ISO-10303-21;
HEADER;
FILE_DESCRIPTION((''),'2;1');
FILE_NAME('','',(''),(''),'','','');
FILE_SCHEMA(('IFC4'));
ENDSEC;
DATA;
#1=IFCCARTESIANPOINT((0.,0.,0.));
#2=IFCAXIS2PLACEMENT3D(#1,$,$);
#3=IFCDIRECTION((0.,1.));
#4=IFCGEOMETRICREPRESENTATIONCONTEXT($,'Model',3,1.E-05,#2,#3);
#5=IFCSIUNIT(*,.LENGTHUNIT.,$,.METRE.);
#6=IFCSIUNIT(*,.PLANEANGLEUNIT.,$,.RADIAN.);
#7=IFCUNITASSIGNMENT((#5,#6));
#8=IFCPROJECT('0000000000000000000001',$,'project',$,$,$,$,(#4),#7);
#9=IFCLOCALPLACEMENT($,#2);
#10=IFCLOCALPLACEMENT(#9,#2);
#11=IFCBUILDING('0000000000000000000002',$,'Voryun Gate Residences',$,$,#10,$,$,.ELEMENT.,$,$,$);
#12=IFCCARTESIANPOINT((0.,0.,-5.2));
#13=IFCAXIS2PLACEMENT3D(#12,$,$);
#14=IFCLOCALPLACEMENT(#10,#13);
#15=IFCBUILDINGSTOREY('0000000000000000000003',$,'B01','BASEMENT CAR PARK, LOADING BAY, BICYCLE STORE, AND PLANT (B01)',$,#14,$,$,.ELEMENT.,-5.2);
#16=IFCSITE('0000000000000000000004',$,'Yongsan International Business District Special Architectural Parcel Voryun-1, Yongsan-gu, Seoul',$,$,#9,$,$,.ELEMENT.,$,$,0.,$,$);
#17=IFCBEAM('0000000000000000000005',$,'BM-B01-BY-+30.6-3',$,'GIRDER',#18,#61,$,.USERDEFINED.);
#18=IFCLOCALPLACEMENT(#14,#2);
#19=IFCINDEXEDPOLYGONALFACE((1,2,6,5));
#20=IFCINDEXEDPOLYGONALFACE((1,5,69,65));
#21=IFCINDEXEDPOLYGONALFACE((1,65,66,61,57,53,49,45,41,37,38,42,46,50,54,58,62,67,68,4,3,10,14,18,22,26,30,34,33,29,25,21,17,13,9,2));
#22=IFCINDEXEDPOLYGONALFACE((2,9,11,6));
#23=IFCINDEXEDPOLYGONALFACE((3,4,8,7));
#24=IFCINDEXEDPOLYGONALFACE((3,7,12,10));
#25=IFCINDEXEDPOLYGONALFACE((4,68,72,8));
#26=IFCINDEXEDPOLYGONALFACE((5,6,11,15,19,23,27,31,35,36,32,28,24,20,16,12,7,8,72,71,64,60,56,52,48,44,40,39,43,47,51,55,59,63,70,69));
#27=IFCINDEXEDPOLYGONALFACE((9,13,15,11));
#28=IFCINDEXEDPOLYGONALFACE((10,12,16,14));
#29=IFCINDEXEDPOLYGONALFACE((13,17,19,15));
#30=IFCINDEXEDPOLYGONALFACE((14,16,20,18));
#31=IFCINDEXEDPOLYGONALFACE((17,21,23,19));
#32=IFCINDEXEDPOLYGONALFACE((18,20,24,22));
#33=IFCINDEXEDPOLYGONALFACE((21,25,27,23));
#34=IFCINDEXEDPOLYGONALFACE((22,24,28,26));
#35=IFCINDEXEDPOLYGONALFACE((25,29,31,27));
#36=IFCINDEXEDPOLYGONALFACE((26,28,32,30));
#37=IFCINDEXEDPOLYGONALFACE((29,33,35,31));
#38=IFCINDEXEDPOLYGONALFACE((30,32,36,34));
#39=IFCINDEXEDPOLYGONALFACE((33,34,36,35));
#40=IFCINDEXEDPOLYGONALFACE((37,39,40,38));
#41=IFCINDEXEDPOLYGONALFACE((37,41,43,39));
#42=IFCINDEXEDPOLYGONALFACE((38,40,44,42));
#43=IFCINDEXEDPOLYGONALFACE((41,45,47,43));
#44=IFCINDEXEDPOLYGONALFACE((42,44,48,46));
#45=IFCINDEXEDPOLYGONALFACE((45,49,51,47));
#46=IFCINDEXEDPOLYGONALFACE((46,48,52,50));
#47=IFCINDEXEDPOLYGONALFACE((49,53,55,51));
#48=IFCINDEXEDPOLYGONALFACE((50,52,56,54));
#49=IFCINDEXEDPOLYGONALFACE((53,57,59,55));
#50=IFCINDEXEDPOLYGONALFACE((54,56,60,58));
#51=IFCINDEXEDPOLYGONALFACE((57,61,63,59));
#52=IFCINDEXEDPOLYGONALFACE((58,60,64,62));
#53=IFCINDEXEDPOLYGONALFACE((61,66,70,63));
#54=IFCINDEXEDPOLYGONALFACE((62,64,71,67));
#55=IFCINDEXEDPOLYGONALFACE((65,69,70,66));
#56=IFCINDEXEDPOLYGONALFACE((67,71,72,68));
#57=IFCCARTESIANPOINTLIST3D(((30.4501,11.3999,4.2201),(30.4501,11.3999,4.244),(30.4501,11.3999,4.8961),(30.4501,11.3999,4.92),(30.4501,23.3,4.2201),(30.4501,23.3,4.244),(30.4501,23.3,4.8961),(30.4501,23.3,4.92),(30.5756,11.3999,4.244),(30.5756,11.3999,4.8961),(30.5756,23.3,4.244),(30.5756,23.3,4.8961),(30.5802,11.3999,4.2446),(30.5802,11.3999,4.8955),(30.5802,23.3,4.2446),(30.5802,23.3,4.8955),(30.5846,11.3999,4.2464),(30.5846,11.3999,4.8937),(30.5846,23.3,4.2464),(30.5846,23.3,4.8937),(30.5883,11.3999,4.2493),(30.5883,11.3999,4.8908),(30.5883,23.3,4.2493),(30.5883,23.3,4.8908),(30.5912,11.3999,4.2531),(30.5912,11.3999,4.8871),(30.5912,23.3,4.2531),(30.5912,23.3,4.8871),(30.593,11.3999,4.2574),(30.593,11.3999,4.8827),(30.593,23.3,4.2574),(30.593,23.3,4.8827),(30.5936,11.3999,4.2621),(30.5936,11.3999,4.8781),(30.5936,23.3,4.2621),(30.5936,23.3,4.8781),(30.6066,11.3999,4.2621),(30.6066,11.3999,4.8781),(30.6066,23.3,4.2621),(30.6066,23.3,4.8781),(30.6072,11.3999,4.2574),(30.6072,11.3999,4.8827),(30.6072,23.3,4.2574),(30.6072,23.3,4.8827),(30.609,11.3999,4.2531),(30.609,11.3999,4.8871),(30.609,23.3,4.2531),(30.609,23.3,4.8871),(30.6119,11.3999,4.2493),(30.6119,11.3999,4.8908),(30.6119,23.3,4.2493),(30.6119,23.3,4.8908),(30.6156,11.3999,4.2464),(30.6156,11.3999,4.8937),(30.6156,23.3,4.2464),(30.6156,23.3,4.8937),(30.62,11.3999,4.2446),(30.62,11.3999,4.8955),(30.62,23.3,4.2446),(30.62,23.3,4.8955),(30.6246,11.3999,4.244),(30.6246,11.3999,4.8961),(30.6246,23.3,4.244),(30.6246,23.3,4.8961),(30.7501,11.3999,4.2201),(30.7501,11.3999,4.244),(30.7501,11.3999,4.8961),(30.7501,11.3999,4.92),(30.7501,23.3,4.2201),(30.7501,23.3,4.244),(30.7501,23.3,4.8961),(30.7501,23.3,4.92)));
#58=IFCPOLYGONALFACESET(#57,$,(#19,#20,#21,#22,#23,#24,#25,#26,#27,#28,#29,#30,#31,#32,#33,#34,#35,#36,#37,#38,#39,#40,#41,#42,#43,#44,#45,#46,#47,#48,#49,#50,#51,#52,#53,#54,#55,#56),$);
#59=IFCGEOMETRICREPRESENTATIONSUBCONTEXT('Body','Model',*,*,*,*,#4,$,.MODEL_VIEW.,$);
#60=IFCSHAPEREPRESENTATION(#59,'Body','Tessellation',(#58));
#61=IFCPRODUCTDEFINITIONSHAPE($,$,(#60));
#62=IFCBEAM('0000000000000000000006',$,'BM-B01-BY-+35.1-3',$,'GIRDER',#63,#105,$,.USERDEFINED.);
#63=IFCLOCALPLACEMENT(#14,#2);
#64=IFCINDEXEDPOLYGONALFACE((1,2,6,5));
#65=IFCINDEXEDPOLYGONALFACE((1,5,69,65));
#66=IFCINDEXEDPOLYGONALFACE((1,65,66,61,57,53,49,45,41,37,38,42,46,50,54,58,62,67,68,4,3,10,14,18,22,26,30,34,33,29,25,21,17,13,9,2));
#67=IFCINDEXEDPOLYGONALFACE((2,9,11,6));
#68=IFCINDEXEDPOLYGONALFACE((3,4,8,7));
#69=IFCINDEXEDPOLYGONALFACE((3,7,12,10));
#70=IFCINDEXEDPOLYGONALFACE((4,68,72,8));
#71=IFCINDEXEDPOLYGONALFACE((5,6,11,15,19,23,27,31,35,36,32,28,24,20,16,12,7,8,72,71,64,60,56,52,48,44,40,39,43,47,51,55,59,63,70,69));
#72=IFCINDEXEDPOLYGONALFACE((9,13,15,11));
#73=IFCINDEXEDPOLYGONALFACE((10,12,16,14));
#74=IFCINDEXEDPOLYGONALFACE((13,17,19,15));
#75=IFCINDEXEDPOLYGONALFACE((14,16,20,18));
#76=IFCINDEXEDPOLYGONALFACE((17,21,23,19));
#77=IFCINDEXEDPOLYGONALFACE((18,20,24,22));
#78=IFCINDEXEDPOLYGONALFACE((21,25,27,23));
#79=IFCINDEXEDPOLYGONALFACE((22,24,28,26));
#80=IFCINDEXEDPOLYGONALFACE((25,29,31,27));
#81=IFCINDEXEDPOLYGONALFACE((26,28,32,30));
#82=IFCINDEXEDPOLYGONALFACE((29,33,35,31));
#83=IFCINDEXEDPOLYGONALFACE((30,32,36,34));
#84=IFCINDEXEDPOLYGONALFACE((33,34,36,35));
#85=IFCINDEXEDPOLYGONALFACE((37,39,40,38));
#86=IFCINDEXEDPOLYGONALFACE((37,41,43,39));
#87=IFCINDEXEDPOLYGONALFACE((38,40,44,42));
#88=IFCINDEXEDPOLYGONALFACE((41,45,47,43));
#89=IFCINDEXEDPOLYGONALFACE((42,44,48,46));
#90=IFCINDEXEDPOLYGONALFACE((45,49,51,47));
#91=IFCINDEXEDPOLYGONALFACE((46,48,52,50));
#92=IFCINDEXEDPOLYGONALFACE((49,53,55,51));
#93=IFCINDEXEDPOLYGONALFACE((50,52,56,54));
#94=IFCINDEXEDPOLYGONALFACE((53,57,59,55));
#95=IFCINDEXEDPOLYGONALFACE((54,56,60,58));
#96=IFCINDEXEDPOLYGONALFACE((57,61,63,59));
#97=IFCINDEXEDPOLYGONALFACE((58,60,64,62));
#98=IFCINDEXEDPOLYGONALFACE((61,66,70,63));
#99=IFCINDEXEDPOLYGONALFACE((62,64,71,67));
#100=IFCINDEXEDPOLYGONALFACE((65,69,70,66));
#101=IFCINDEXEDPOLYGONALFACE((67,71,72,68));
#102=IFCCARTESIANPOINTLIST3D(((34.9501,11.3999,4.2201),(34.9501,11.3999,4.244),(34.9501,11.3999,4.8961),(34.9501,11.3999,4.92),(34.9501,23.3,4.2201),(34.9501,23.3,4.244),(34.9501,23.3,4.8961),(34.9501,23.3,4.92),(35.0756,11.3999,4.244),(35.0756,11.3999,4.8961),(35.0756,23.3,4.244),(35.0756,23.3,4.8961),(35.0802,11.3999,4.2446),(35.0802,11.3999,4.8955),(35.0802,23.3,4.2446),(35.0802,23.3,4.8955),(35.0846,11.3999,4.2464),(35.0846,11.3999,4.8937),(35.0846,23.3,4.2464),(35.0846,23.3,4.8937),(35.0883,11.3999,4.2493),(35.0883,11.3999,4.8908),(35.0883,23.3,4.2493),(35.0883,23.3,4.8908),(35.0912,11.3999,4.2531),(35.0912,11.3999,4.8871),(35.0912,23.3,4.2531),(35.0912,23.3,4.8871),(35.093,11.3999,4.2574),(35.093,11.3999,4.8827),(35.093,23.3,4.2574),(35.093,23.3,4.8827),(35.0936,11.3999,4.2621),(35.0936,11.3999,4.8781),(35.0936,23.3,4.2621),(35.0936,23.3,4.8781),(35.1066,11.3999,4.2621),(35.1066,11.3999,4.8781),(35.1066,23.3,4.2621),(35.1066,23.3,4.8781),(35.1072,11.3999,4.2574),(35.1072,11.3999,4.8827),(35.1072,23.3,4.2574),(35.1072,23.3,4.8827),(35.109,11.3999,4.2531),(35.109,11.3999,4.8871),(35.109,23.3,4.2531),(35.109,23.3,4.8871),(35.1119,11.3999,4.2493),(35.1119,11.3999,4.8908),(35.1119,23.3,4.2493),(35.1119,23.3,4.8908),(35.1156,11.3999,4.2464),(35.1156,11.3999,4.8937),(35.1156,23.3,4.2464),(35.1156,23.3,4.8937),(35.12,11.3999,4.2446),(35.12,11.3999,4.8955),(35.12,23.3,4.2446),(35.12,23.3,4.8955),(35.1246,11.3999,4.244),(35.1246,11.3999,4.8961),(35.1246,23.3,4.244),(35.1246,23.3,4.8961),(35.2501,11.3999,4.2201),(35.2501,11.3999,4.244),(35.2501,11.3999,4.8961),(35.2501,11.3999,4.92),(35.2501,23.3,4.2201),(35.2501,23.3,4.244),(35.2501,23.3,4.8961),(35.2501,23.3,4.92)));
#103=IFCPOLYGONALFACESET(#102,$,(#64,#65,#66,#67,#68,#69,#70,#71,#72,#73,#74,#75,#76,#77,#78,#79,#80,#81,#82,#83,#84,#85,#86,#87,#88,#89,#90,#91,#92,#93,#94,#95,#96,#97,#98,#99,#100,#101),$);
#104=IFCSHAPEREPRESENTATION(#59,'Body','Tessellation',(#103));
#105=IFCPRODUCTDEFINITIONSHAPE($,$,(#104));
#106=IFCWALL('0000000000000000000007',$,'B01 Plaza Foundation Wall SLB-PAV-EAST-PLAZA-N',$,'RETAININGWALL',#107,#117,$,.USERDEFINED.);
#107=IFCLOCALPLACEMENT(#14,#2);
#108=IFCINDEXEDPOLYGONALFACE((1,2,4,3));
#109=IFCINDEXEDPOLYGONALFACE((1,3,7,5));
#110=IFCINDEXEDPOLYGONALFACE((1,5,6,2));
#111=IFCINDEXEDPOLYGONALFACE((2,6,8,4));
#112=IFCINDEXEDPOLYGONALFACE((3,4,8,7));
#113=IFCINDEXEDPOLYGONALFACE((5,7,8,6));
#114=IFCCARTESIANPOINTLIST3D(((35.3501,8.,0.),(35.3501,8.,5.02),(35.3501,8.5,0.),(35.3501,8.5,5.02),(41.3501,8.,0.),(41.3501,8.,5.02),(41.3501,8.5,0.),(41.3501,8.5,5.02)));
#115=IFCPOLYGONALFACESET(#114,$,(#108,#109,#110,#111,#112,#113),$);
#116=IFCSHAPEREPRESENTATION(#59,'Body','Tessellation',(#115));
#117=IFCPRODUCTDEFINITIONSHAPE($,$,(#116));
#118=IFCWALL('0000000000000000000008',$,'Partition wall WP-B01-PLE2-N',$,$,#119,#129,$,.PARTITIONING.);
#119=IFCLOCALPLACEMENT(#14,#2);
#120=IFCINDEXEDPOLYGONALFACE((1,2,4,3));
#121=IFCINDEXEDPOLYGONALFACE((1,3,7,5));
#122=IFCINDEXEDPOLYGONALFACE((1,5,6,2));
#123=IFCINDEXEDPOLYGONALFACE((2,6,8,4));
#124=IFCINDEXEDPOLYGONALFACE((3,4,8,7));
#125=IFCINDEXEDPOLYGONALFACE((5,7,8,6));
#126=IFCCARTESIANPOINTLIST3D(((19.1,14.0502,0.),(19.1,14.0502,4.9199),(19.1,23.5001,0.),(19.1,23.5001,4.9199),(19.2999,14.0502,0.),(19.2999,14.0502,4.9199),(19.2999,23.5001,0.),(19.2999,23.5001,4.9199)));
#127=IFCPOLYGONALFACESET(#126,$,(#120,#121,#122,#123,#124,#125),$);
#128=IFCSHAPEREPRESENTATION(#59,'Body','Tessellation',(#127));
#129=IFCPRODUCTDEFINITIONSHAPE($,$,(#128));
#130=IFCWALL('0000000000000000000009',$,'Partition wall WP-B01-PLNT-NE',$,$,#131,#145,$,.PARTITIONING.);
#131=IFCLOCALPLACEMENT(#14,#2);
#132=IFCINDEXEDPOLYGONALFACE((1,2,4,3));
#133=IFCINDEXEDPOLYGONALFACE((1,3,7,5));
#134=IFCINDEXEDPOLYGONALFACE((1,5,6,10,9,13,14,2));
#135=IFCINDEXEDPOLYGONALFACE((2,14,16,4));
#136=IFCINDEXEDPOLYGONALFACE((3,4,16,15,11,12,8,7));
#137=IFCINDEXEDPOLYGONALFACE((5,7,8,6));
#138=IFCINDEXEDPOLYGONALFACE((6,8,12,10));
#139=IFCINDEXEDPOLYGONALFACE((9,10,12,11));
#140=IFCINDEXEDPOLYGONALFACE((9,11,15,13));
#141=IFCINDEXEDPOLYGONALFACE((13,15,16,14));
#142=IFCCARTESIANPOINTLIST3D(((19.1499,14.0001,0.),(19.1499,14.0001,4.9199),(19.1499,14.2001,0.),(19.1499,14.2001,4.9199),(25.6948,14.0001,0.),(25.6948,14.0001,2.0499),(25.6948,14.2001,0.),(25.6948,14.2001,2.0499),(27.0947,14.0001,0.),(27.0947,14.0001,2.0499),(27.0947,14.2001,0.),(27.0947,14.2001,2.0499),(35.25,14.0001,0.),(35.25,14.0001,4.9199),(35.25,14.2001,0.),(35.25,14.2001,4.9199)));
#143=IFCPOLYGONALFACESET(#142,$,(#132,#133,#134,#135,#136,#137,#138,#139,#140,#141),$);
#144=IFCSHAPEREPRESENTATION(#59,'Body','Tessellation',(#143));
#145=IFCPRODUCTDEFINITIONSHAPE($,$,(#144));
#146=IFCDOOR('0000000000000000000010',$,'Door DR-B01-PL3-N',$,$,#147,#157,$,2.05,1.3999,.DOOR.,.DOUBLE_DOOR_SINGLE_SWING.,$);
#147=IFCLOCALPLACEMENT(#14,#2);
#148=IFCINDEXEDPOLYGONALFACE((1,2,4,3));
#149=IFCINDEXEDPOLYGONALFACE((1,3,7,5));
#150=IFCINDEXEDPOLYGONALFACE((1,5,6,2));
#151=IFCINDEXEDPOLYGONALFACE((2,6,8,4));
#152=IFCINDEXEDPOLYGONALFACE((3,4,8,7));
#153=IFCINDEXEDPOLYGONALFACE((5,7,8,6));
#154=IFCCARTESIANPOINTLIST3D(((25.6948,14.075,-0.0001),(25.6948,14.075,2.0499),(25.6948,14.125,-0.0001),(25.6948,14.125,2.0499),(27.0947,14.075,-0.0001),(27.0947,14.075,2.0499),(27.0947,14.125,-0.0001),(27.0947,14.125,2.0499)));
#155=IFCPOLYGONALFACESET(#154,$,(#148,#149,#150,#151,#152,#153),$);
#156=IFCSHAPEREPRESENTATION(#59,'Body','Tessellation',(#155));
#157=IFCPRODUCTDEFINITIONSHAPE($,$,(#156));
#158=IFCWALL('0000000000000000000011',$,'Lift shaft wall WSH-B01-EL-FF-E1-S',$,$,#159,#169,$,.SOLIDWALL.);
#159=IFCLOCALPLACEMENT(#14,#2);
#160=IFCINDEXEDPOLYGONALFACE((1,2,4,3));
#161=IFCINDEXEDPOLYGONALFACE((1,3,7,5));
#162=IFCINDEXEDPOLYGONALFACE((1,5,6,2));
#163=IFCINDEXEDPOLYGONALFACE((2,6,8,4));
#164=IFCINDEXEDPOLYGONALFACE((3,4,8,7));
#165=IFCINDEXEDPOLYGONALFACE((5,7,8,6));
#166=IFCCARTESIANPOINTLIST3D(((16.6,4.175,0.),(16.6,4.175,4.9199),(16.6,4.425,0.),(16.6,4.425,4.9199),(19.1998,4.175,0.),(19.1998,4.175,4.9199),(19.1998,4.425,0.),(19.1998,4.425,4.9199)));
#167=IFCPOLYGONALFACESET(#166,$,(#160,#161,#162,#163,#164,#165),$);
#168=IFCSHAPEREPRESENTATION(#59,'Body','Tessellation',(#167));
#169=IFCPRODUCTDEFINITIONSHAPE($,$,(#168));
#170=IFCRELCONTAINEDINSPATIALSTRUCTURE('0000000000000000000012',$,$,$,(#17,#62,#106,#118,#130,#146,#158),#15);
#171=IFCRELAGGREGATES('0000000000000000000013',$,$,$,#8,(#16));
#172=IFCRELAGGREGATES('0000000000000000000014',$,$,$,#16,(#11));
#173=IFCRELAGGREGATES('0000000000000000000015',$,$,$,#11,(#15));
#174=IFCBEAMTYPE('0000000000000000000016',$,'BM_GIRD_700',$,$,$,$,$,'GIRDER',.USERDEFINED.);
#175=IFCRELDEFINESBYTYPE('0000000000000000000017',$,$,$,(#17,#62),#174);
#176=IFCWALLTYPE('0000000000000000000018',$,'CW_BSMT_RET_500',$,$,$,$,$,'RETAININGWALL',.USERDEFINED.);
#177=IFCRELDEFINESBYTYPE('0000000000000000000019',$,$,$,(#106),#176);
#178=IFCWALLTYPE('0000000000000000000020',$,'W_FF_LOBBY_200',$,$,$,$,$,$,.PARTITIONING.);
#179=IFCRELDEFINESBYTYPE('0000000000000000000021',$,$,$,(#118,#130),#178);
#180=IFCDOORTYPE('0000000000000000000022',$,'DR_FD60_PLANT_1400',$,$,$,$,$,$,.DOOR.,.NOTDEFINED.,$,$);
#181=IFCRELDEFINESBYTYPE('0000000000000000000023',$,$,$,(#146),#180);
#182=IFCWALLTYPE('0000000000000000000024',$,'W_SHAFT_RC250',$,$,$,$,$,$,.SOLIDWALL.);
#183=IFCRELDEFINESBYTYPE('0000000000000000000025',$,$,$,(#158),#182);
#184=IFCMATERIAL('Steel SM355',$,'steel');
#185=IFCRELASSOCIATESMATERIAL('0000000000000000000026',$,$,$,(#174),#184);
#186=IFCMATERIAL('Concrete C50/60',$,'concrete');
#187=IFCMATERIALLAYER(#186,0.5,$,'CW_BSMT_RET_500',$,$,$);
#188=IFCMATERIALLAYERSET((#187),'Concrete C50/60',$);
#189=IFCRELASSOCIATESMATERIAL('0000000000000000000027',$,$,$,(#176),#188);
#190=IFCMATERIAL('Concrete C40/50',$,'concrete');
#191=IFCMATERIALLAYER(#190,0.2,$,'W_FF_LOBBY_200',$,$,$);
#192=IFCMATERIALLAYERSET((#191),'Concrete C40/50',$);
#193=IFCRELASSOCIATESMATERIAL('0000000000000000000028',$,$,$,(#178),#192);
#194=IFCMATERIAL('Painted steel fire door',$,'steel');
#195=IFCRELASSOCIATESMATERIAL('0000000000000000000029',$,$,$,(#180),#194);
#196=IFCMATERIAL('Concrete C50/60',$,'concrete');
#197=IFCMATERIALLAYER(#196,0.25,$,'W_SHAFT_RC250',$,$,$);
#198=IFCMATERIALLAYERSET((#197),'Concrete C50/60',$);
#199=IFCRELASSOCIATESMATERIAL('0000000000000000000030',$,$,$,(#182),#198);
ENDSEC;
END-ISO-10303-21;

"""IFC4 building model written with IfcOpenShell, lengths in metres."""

from ifc_helpers import new_model, si_unit, direction, frame, frame_2d, origin, origin_2d, place, context, subcontext, project, spatial, rectangle, i_section, extrude, material, layer, layer_set, material_profile, profile_set, type_object, element, fill, save


model = new_model("IFC4")

# Units and contexts
model_context = context("Model", 3, precision=1e-05, world=origin(), true_north=direction((0.0, 1.0)))
body_context = subcontext(model_context, "Body", "Model", "MODEL_VIEW")
ifc_project = project(units=[si_unit("LENGTHUNIT", "METRE"), si_unit("PLANEANGLEUNIT", "RADIAN")], contexts=[model_context])

# Site, building, storey
site_placement = place(None, origin())
site = spatial("IfcSite", under=ifc_project, at=site_placement, Name="Yongsan International Business District Special Architectural Parcel Voryun-1, Yongsan-gu, Seoul", CompositionType="ELEMENT", RefElevation=0.0)
building_placement = place(site_placement, origin())
building = spatial("IfcBuilding", under=site, at=building_placement, Name="Voryun Gate Residences", CompositionType="ELEMENT")
storey_placement = place(building_placement, frame((0.0, 0.0, -5.2)))
storey = spatial("IfcBuildingStorey", under=building, at=storey_placement, Name="B01", Description="BASEMENT CAR PARK, LOADING BAY, BICYCLE STORE, AND PLANT (B01)", CompositionType="ELEMENT", Elevation=-5.2)

# Beams
ifc_material_1 = material(Name="Steel SM355", Category="steel")
ifc_material_profile_1 = material_profile(ifc_material_1, i_section(OverallWidth=0.3, OverallDepth=0.7, WebThickness=0.0129, FlangeThickness=0.0239, FilletRadius=0.0181, at=origin_2d()), Name="H-700x300x13x24")
ifc_profile_set_1 = profile_set([ifc_material_profile_1], Name="Steel SM355")
beam_type_1 = type_object("IfcBeamType", Name="BM_GIRD_700", ElementType="GIRDER", PredefinedType="USERDEFINED", material=ifc_profile_set_1)
for number, where, z_axis, x_axis, name in (
    (1, (30.6001, 11.3999, 4.5701), (0.0, 1.0, 0.0), (-1.0, 0.0, 0.0), "BM-B01-BY-+30.6-3"),
    (2, (35.1001, 11.3999, 4.5701), (0.0, 1.0, 0.0), (-1.0, 0.0, 0.0), "BM-B01-BY-+35.1-3"),
):
    element("IfcBeam", number, at=place(storey_placement, frame(where, z_axis=z_axis, x_axis=x_axis)), inside=storey, type_object=beam_type_1, Name=name, ObjectType="GIRDER", PredefinedType="USERDEFINED", context=body_context, shape_type="SweptSolid", body=[
        extrude(i_section(OverallWidth=0.3, OverallDepth=0.7, WebThickness=0.0129, FlangeThickness=0.0239, FilletRadius=0.0181, at=origin_2d()), origin(), (0.0, 0.0, 1.0), 11.9001),
    ])

# Walls
ifc_material_2 = material(Name="Concrete C50/60", Category="concrete")
ifc_layer_1 = layer(ifc_material_2, 0.5, Name="CW_BSMT_RET_500")
ifc_layer_set_1 = layer_set([ifc_layer_1], Name="Concrete C50/60")
wall_type_1 = type_object("IfcWallType", Name="CW_BSMT_RET_500", ElementType="RETAININGWALL", PredefinedType="USERDEFINED", material=ifc_layer_set_1)
wall_1_placement = place(storey_placement, frame((35.3501, 8.25, 0.0), z_axis=(0.0, 0.0, 1.0), x_axis=(1.0, 0.0, 0.0)))
element("IfcWall", 3, at=wall_1_placement, inside=storey, type_object=wall_type_1, Name="B01 Plaza Foundation Wall SLB-PAV-EAST-PLAZA-N", ObjectType="RETAININGWALL", PredefinedType="USERDEFINED", context=body_context, shape_type="SweptSolid", body=[
    extrude(rectangle(XDim=6.0, YDim=0.5, at=frame_2d((3.0, 0.0))), origin(), (0.0, 0.0, 1.0), 5.02),
])
ifc_material_3 = material(Name="Concrete C40/50", Category="concrete")
ifc_layer_2 = layer(ifc_material_3, 0.2, Name="W_FF_LOBBY_200")
ifc_layer_set_2 = layer_set([ifc_layer_2], Name="Concrete C40/50")
wall_type_2 = type_object("IfcWallType", Name="W_FF_LOBBY_200", PredefinedType="PARTITIONING", material=ifc_layer_set_2)
wall_2_placement = place(storey_placement, frame((19.2, 14.05, 0.0), z_axis=(0.0, 0.0, 1.0), x_axis=(0.0, 1.0, 0.0)))
element("IfcWall", 4, at=wall_2_placement, inside=storey, type_object=wall_type_2, Name="Partition wall WP-B01-PLE2-N", PredefinedType="PARTITIONING", context=body_context, shape_type="SweptSolid", body=[
    extrude(rectangle(XDim=9.45, YDim=0.2, at=frame_2d((4.7251, 0.0))), origin(), (0.0, 0.0, 1.0), 4.9199),
])

# Wall, opening, door
wall_3_placement = place(storey_placement, frame((19.1499, 14.1001, 0.0), z_axis=(0.0, 0.0, 1.0), x_axis=(1.0, 0.0, 0.0)))
wall_3 = element("IfcWall", 5, at=wall_3_placement, inside=storey, type_object=wall_type_2, Name="Partition wall WP-B01-PLNT-NE", PredefinedType="PARTITIONING", context=body_context, shape_type="SweptSolid", body=[
    extrude(rectangle(XDim=16.1001, YDim=0.2, at=frame_2d((8.05, 0.0))), origin(), (0.0, 0.0, 1.0), 4.9199),
])
opening_1_placement = place(wall_3_placement, frame((6.5449, 0.0, 0.0)))
opening_1 = element("IfcOpeningElement", 6, at=opening_1_placement, cuts=wall_3, PredefinedType="OPENING", context=body_context, shape_type="SweptSolid", body=[
    extrude(rectangle(XDim=1.3999, YDim=2.05, at=frame_2d((0.7, 1.0249))), frame((0.0, 0.1101, 0.0), z_axis=(0.0, -1.0, 0.0), x_axis=(1.0, 0.0, 0.0)), (0.0, 0.0, 1.0), 0.22),
])
ifc_material_4 = material(Name="Painted steel fire door", Category="steel")
door_type_1 = type_object("IfcDoorType", Name="DR_FD60_PLANT_1400", OperationType="NOTDEFINED", PredefinedType="DOOR", material=ifc_material_4)
door_1_placement = place(opening_1_placement, origin())
door_1 = element("IfcDoor", 7, at=door_1_placement, inside=storey, type_object=door_type_1, Name="Door DR-B01-PL3-N", OperationType="DOUBLE_DOOR_SINGLE_SWING", OverallHeight=2.05, OverallWidth=1.3999, PredefinedType="DOOR", context=body_context, shape_type="SweptSolid", body=[
    extrude(rectangle(XDim=1.3999, YDim=2.05, at=frame_2d((0.7, 1.0249))), frame((0.0, 0.0249, 0.0), z_axis=(0.0, -1.0, 0.0), x_axis=(1.0, 0.0, 0.0)), (0.0, 0.0, 1.0), 0.05),
])
fill(opening_1, door_1)

# Wall
ifc_material_5 = material(Name="Concrete C50/60", Category="concrete")
ifc_layer_3 = layer(ifc_material_5, 0.25, Name="W_SHAFT_RC250")
ifc_layer_set_3 = layer_set([ifc_layer_3], Name="Concrete C50/60")
wall_type_3 = type_object("IfcWallType", Name="W_SHAFT_RC250", PredefinedType="SOLIDWALL", material=ifc_layer_set_3)
wall_4_placement = place(storey_placement, frame((16.6001, 4.3, 0.0), z_axis=(0.0, 0.0, 1.0), x_axis=(1.0, 0.0, 0.0)))
element("IfcWall", 8, at=wall_4_placement, inside=storey, type_object=wall_type_3, Name="Lift shaft wall WSH-B01-EL-FF-E1-S", PredefinedType="SOLIDWALL", context=body_context, shape_type="SweptSolid", body=[
    extrude(rectangle(XDim=2.5999, YDim=0.25, at=frame_2d((1.2998, 0.0))), origin(), (0.0, 0.0, 1.0), 4.9199),
])

save(model, "model.ifc")
